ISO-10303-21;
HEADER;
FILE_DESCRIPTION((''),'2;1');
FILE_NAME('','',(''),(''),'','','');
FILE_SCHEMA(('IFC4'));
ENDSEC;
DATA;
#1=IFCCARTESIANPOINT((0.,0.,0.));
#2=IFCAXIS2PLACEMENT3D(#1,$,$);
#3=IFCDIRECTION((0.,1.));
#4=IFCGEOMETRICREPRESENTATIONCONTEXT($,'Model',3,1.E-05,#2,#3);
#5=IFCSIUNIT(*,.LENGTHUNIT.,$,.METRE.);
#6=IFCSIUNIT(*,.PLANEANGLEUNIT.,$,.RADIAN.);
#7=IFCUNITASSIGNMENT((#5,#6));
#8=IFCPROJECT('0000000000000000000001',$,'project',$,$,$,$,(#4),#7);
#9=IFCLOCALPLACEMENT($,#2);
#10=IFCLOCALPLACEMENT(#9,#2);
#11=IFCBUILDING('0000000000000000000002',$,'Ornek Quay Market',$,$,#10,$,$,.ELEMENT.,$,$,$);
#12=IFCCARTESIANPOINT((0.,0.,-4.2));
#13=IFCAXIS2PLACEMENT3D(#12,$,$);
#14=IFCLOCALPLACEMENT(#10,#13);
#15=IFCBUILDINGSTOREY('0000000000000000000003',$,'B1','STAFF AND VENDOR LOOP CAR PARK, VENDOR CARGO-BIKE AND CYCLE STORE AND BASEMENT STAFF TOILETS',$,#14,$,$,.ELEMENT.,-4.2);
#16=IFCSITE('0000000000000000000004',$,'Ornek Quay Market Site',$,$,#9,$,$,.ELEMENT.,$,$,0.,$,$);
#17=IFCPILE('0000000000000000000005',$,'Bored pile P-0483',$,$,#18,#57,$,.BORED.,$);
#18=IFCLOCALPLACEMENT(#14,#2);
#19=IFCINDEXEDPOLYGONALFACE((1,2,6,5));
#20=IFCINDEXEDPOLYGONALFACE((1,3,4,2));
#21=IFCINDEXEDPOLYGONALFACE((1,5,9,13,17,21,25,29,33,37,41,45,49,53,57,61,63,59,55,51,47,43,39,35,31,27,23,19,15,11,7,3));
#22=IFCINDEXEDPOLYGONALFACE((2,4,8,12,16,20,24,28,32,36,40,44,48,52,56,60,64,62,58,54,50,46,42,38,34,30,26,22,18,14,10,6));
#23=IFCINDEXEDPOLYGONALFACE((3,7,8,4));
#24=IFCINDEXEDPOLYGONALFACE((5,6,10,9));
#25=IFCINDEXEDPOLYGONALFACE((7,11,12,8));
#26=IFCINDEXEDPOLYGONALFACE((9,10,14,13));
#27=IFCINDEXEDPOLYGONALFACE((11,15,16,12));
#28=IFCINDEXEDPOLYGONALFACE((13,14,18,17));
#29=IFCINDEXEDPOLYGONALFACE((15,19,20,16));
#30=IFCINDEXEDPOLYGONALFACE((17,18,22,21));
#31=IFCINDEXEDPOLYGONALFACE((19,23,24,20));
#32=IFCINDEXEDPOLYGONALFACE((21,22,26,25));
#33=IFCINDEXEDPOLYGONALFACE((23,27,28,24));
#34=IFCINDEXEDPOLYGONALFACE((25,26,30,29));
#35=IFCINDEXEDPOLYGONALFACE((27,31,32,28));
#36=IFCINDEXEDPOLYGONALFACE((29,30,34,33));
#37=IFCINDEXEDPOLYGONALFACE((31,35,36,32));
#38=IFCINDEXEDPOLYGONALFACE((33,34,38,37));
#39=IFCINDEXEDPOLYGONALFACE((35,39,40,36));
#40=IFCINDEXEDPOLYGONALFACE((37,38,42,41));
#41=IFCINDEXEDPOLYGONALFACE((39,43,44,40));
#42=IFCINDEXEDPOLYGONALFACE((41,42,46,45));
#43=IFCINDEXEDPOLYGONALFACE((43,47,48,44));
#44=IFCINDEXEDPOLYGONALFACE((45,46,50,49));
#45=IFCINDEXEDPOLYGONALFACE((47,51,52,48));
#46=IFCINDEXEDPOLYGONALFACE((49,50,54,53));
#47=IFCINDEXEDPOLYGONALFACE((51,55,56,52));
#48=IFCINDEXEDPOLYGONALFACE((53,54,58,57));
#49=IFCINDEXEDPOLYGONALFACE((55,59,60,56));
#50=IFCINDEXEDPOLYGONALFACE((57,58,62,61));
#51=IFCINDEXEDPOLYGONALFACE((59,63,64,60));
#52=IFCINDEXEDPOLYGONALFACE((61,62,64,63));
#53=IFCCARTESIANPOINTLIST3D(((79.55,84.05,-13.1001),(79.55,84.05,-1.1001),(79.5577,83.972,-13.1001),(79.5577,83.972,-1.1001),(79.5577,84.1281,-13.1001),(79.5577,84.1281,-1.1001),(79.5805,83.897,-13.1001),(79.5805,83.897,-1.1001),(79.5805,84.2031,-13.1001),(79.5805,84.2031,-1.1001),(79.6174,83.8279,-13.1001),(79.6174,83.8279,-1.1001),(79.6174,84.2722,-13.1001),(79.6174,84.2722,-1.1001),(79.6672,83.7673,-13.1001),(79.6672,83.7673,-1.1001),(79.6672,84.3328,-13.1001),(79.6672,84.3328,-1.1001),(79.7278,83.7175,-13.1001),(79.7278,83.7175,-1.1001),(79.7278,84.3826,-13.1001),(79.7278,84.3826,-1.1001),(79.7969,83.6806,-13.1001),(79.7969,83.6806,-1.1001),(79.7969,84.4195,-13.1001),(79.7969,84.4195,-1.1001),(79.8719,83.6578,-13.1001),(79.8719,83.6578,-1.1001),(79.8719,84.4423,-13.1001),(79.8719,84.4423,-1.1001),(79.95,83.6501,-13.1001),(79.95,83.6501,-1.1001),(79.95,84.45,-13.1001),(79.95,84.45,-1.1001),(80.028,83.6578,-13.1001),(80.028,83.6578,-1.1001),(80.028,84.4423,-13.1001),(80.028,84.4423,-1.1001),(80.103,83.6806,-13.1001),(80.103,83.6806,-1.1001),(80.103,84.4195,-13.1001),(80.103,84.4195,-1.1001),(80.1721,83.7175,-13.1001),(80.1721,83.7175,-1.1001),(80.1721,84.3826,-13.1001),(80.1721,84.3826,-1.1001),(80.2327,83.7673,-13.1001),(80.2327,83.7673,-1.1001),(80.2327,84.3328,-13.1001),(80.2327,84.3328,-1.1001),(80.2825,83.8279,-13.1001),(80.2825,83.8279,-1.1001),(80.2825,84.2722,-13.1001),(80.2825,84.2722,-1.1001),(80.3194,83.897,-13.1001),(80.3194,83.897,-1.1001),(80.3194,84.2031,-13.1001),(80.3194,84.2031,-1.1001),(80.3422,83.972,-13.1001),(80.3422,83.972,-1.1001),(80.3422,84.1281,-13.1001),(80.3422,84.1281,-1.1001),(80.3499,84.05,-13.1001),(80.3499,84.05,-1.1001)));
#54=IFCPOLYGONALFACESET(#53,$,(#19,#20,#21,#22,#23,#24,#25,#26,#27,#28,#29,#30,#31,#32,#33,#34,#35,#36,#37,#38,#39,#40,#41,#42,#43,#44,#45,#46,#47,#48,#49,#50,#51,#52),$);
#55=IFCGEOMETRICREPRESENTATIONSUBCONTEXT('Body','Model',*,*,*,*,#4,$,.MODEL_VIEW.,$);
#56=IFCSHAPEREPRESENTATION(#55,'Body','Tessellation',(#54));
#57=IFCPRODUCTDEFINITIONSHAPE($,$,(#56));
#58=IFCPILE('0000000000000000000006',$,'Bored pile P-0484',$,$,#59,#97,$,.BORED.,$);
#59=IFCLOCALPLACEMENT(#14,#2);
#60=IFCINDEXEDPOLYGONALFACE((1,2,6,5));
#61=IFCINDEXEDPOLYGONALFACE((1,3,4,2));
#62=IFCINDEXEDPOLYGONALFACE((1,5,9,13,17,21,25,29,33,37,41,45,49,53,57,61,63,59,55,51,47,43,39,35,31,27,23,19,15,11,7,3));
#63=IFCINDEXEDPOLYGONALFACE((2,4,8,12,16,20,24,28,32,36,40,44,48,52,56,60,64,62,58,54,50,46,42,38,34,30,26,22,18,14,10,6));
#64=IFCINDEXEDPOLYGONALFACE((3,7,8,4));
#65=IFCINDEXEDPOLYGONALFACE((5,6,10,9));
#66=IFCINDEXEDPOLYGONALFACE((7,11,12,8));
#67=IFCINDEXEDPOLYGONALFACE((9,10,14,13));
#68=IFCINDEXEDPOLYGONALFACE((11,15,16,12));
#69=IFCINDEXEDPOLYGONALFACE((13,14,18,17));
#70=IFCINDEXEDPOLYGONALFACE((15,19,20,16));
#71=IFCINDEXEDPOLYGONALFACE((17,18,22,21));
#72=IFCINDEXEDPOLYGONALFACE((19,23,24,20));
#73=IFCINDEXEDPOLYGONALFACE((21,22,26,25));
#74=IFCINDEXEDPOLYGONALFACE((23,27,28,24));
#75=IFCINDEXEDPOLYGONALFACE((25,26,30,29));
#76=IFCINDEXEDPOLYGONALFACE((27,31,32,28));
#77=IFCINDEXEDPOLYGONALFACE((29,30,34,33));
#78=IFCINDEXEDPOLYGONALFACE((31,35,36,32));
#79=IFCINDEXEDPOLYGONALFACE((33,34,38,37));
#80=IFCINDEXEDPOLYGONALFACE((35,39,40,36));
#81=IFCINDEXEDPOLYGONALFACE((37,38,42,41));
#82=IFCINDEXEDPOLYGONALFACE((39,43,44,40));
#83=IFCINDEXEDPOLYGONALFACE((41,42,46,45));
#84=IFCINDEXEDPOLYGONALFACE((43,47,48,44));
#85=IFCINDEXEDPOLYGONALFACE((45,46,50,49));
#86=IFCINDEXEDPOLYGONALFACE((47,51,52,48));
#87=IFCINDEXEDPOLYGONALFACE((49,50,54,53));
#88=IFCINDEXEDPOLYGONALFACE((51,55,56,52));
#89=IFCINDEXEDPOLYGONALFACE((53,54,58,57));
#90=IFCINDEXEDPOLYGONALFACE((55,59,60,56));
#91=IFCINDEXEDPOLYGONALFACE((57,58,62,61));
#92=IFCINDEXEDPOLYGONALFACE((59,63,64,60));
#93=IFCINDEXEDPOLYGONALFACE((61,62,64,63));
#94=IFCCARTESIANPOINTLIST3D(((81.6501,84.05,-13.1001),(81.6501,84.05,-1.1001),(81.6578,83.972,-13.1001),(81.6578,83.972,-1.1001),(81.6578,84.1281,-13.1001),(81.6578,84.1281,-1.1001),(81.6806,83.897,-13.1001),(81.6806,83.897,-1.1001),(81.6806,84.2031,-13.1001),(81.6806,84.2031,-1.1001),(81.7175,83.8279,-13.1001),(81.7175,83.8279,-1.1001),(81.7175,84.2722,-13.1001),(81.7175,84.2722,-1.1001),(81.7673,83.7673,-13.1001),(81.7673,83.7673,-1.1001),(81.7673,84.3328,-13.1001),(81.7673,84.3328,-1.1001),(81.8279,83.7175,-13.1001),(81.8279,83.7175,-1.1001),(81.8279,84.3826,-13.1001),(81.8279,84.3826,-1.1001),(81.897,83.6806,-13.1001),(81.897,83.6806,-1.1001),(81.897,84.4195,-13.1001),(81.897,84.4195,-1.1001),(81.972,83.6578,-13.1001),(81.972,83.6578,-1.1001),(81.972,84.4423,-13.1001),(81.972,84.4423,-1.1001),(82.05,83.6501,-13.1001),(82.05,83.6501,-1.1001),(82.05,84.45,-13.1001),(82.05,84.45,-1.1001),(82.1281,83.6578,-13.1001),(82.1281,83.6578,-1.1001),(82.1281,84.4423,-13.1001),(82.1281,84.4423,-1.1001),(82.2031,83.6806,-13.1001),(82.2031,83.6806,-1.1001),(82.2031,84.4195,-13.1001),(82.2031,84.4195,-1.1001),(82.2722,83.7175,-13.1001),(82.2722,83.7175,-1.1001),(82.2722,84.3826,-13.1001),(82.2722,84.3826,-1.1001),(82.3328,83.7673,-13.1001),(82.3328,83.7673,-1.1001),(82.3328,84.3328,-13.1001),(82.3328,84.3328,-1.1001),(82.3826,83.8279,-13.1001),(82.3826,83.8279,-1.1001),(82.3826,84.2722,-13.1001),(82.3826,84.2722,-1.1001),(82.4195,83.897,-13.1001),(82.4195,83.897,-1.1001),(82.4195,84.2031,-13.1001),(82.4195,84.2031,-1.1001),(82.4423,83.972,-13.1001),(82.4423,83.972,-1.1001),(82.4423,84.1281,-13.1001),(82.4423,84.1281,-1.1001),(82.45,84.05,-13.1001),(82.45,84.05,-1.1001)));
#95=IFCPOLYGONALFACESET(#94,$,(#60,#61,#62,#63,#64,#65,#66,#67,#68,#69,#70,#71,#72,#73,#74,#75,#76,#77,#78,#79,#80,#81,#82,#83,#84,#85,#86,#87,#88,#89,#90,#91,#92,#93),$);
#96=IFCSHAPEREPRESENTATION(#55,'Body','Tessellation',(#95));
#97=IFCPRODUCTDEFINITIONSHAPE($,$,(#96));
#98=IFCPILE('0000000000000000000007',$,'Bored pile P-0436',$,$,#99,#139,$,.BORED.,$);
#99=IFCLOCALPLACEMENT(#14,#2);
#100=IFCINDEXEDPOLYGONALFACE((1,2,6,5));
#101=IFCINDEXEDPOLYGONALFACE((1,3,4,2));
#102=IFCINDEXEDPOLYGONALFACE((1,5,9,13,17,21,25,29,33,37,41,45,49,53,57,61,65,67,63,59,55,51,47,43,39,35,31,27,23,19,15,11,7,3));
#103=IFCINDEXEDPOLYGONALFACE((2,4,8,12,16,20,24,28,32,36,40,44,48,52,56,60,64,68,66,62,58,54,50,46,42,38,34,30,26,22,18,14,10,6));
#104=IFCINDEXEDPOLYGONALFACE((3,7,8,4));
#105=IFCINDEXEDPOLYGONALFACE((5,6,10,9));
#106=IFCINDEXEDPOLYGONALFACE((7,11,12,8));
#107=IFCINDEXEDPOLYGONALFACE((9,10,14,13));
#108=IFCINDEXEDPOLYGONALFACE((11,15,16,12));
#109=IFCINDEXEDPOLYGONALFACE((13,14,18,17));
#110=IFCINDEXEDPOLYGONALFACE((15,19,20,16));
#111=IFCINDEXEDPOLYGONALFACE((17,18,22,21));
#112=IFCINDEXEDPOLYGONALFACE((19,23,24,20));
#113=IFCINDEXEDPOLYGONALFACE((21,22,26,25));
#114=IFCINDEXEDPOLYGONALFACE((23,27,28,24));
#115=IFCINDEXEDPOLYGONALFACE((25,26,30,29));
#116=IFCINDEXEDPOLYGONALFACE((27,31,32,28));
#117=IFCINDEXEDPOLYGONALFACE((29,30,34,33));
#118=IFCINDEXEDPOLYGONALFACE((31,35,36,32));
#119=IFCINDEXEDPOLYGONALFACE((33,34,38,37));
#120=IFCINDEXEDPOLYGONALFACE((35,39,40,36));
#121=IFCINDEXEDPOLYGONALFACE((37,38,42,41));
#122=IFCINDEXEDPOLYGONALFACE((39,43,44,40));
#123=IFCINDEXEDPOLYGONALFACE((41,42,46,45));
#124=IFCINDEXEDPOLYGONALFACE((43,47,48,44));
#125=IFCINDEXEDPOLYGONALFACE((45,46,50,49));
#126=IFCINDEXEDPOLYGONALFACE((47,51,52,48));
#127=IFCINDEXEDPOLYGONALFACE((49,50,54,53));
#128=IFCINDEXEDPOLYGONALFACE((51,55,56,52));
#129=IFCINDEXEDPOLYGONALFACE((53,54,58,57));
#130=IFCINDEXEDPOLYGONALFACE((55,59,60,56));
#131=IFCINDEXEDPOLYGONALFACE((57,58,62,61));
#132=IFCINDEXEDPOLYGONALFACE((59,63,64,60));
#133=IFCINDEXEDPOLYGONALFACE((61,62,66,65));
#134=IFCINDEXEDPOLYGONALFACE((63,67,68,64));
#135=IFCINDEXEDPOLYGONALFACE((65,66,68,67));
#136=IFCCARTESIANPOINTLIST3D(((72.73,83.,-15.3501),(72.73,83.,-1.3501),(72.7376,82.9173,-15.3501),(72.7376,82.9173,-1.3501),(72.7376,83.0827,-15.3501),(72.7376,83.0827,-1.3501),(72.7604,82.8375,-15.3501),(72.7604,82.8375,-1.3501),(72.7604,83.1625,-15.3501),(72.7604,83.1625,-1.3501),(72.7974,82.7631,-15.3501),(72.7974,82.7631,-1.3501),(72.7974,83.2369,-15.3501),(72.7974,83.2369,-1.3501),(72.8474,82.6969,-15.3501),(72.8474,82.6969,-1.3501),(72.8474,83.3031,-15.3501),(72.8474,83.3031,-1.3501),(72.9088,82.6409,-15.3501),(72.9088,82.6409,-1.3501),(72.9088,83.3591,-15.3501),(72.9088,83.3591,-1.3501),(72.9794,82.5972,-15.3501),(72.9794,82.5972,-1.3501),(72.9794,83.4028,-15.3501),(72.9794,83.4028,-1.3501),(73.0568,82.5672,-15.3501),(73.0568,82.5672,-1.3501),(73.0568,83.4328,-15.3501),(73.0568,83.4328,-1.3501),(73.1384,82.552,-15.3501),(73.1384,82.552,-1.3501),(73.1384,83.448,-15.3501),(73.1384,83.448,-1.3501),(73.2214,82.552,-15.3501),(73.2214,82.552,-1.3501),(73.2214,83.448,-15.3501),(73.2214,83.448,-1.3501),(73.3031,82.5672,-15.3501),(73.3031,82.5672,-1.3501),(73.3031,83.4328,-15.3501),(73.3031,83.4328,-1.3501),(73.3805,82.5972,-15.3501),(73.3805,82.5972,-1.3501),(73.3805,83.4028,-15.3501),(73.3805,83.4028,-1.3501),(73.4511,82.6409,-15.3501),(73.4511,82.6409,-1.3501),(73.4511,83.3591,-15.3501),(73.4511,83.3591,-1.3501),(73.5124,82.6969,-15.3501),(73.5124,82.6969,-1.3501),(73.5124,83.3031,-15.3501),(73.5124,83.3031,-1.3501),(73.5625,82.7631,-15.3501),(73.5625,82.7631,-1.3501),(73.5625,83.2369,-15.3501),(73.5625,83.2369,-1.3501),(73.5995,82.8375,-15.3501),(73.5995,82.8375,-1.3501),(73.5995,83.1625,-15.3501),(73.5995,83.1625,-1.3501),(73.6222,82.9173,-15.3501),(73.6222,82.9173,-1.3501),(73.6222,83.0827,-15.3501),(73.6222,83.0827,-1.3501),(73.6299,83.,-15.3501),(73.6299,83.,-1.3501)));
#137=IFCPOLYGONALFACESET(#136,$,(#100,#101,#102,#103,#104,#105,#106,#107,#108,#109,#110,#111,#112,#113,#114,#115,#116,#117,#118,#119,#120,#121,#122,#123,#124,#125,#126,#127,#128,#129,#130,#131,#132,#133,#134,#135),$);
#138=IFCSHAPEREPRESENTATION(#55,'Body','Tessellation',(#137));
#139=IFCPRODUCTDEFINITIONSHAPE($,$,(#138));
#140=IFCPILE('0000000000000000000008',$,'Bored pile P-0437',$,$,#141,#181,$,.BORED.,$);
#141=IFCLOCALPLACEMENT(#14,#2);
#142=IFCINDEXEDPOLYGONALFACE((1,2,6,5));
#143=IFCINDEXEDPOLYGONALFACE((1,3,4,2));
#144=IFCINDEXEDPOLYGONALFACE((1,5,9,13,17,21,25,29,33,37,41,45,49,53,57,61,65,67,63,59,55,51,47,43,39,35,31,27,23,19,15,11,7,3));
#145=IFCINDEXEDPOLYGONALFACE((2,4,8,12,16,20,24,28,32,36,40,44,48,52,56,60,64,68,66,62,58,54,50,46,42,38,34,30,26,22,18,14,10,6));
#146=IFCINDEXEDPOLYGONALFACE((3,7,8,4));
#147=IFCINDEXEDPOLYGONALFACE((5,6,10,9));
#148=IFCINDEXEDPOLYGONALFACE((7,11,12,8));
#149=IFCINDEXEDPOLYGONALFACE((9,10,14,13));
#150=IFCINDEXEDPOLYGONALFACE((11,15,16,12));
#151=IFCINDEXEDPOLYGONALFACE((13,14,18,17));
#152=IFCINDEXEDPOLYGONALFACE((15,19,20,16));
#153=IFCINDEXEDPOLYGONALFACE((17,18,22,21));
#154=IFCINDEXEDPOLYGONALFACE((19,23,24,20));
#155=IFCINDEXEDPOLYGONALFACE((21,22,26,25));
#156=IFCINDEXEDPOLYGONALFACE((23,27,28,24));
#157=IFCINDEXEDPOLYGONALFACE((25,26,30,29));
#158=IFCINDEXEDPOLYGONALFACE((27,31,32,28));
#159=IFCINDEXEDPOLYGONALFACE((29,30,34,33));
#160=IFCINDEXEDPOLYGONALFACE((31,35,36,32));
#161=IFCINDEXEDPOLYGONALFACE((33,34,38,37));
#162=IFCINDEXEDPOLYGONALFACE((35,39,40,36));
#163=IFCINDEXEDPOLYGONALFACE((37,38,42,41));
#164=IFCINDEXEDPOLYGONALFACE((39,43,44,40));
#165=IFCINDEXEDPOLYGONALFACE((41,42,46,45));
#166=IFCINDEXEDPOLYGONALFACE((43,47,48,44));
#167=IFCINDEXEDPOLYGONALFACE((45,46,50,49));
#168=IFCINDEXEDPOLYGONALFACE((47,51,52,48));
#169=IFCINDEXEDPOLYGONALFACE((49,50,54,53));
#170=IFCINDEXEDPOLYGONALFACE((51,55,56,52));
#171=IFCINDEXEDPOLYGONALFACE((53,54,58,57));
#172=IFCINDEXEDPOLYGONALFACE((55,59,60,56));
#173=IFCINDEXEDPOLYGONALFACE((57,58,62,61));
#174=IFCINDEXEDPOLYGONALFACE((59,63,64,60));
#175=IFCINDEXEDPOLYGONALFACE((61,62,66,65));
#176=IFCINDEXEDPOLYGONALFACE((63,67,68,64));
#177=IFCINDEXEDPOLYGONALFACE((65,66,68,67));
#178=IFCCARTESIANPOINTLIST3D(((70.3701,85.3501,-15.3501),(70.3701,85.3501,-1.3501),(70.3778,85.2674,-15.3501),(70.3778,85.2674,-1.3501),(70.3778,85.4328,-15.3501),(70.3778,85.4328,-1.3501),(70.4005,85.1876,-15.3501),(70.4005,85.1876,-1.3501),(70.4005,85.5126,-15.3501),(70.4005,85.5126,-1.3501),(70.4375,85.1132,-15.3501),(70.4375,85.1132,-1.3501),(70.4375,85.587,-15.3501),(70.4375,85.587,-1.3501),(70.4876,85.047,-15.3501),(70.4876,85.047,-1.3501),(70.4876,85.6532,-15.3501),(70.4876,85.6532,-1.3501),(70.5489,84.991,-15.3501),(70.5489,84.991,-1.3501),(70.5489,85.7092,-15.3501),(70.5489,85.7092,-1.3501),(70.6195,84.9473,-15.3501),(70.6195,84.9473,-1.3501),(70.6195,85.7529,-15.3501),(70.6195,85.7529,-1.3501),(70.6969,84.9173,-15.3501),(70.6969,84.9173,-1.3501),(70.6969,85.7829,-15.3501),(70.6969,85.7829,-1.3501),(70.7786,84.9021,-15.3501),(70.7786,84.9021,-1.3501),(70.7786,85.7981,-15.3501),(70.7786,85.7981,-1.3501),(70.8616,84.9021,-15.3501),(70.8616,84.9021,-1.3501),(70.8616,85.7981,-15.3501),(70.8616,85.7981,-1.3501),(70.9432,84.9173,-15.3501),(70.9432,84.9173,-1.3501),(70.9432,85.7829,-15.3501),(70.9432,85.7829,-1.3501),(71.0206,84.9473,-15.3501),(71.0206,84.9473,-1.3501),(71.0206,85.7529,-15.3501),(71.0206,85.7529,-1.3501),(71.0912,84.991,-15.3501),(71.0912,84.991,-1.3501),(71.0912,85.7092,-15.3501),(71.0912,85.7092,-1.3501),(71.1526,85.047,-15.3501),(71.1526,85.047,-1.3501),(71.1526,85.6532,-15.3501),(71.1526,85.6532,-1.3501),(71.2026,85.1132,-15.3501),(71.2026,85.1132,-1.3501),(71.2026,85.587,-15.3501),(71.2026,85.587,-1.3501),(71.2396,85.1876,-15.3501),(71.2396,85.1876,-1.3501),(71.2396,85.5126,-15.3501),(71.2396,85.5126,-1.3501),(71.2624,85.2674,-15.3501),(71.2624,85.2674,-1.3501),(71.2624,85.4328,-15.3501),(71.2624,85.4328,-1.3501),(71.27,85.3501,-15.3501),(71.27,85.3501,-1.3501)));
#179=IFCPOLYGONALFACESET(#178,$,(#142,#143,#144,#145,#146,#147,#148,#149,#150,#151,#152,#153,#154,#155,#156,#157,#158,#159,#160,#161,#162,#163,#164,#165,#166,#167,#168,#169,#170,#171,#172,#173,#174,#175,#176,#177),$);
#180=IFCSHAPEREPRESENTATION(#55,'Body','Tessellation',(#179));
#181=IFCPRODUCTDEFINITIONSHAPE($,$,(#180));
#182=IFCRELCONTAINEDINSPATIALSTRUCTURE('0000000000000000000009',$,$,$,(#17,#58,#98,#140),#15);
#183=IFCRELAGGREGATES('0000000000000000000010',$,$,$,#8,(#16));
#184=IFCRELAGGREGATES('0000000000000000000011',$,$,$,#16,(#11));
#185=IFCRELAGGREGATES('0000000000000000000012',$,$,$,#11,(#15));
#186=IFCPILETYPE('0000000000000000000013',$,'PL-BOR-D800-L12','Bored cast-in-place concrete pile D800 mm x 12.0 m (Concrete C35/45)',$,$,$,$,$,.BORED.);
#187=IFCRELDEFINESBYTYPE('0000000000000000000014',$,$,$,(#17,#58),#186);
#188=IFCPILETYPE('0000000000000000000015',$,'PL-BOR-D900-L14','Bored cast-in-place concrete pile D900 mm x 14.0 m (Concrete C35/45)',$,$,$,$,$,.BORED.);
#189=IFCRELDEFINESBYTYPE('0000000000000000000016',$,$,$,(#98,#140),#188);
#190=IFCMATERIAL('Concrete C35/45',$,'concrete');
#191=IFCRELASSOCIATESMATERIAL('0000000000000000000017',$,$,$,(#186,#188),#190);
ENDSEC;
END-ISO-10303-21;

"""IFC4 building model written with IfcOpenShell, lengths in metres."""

from ifc_helpers import new_model, si_unit, direction, frame, origin, origin_2d, place, context, subcontext, project, spatial, circle, extrude, material, material_profile, profile_set, type_object, element, save


model = new_model("IFC4")

# Units and contexts
model_context = context("Model", 3, precision=1e-05, world=origin(), true_north=direction((0.0, 1.0)))
body_context = subcontext(model_context, "Body", "Model", "MODEL_VIEW")
ifc_project = project(units=[si_unit("LENGTHUNIT", "METRE"), si_unit("PLANEANGLEUNIT", "RADIAN")], contexts=[model_context])

# Site, building, storey
site_placement = place(None, origin())
site = spatial("IfcSite", under=ifc_project, at=site_placement, Name="Ornek Quay Market Site", CompositionType="ELEMENT", RefElevation=0.0)
building_placement = place(site_placement, origin())
building = spatial("IfcBuilding", under=site, at=building_placement, Name="Ornek Quay Market", CompositionType="ELEMENT")
storey_placement = place(building_placement, frame((0.0, 0.0, -4.2)))
storey = spatial("IfcBuildingStorey", under=building, at=storey_placement, Name="B1", Description="STAFF AND VENDOR LOOP CAR PARK, VENDOR CARGO-BIKE AND CYCLE STORE AND BASEMENT STAFF TOILETS", CompositionType="ELEMENT", Elevation=-4.2)

# Piles
ifc_material_1 = material(Name="Concrete C35/45", Category="concrete")
ifc_material_profile_1 = material_profile(ifc_material_1, circle(Radius=0.3999, at=origin_2d()), Name="PILE D800", Category="concrete")
ifc_profile_set_1 = profile_set([ifc_material_profile_1], Name="Concrete C35/45")
pile_type_1 = type_object("IfcPileType", Name="PL-BOR-D800-L12", Description="Bored cast-in-place concrete pile D800 mm x 12.0 m (Concrete C35/45)", PredefinedType="BORED", material=ifc_profile_set_1)
for number, where, z_axis, x_axis, name in (
    (1, (79.95, 84.05, -1.1001), (0.0, 0.0, -1.0), (1.0, 0.0, 0.0), "Bored pile P-0483"),
    (2, (82.05, 84.05, -1.1001), (0.0, 0.0, -1.0), (1.0, 0.0, 0.0), "Bored pile P-0484"),
):
    element("IfcPile", number, at=place(storey_placement, frame(where, z_axis=z_axis, x_axis=x_axis)), inside=storey, type_object=pile_type_1, Name=name, PredefinedType="BORED", context=body_context, shape_type="SweptSolid", body=[
        extrude(circle(Radius=0.3999, at=origin_2d()), origin(), (0.0, 0.0, 1.0), 12.0),
    ])
ifc_material_profile_2 = material_profile(ifc_material_1, circle(Radius=0.45, at=origin_2d()), Name="PILE D900", Category="concrete")
ifc_profile_set_2 = profile_set([ifc_material_profile_2], Name="Concrete C35/45")
pile_type_2 = type_object("IfcPileType", Name="PL-BOR-D900-L14", Description="Bored cast-in-place concrete pile D900 mm x 14.0 m (Concrete C35/45)", PredefinedType="BORED", material=ifc_profile_set_2)
for number, where, z_axis, x_axis, name in (
    (3, (73.1799, 83.0, -1.3501), (0.0, 0.0, -1.0), (1.0, 0.0, 0.0), "Bored pile P-0436"),
    (4, (70.8201, 85.3501, -1.3501), (0.0, 0.0, -1.0), (1.0, 0.0, 0.0), "Bored pile P-0437"),
):
    element("IfcPile", number, at=place(storey_placement, frame(where, z_axis=z_axis, x_axis=x_axis)), inside=storey, type_object=pile_type_2, Name=name, PredefinedType="BORED", context=body_context, shape_type="SweptSolid", body=[
        extrude(circle(Radius=0.45, at=origin_2d()), origin(), (0.0, 0.0, 1.0), 14.0),
    ])

save(model, "model.ifc")
